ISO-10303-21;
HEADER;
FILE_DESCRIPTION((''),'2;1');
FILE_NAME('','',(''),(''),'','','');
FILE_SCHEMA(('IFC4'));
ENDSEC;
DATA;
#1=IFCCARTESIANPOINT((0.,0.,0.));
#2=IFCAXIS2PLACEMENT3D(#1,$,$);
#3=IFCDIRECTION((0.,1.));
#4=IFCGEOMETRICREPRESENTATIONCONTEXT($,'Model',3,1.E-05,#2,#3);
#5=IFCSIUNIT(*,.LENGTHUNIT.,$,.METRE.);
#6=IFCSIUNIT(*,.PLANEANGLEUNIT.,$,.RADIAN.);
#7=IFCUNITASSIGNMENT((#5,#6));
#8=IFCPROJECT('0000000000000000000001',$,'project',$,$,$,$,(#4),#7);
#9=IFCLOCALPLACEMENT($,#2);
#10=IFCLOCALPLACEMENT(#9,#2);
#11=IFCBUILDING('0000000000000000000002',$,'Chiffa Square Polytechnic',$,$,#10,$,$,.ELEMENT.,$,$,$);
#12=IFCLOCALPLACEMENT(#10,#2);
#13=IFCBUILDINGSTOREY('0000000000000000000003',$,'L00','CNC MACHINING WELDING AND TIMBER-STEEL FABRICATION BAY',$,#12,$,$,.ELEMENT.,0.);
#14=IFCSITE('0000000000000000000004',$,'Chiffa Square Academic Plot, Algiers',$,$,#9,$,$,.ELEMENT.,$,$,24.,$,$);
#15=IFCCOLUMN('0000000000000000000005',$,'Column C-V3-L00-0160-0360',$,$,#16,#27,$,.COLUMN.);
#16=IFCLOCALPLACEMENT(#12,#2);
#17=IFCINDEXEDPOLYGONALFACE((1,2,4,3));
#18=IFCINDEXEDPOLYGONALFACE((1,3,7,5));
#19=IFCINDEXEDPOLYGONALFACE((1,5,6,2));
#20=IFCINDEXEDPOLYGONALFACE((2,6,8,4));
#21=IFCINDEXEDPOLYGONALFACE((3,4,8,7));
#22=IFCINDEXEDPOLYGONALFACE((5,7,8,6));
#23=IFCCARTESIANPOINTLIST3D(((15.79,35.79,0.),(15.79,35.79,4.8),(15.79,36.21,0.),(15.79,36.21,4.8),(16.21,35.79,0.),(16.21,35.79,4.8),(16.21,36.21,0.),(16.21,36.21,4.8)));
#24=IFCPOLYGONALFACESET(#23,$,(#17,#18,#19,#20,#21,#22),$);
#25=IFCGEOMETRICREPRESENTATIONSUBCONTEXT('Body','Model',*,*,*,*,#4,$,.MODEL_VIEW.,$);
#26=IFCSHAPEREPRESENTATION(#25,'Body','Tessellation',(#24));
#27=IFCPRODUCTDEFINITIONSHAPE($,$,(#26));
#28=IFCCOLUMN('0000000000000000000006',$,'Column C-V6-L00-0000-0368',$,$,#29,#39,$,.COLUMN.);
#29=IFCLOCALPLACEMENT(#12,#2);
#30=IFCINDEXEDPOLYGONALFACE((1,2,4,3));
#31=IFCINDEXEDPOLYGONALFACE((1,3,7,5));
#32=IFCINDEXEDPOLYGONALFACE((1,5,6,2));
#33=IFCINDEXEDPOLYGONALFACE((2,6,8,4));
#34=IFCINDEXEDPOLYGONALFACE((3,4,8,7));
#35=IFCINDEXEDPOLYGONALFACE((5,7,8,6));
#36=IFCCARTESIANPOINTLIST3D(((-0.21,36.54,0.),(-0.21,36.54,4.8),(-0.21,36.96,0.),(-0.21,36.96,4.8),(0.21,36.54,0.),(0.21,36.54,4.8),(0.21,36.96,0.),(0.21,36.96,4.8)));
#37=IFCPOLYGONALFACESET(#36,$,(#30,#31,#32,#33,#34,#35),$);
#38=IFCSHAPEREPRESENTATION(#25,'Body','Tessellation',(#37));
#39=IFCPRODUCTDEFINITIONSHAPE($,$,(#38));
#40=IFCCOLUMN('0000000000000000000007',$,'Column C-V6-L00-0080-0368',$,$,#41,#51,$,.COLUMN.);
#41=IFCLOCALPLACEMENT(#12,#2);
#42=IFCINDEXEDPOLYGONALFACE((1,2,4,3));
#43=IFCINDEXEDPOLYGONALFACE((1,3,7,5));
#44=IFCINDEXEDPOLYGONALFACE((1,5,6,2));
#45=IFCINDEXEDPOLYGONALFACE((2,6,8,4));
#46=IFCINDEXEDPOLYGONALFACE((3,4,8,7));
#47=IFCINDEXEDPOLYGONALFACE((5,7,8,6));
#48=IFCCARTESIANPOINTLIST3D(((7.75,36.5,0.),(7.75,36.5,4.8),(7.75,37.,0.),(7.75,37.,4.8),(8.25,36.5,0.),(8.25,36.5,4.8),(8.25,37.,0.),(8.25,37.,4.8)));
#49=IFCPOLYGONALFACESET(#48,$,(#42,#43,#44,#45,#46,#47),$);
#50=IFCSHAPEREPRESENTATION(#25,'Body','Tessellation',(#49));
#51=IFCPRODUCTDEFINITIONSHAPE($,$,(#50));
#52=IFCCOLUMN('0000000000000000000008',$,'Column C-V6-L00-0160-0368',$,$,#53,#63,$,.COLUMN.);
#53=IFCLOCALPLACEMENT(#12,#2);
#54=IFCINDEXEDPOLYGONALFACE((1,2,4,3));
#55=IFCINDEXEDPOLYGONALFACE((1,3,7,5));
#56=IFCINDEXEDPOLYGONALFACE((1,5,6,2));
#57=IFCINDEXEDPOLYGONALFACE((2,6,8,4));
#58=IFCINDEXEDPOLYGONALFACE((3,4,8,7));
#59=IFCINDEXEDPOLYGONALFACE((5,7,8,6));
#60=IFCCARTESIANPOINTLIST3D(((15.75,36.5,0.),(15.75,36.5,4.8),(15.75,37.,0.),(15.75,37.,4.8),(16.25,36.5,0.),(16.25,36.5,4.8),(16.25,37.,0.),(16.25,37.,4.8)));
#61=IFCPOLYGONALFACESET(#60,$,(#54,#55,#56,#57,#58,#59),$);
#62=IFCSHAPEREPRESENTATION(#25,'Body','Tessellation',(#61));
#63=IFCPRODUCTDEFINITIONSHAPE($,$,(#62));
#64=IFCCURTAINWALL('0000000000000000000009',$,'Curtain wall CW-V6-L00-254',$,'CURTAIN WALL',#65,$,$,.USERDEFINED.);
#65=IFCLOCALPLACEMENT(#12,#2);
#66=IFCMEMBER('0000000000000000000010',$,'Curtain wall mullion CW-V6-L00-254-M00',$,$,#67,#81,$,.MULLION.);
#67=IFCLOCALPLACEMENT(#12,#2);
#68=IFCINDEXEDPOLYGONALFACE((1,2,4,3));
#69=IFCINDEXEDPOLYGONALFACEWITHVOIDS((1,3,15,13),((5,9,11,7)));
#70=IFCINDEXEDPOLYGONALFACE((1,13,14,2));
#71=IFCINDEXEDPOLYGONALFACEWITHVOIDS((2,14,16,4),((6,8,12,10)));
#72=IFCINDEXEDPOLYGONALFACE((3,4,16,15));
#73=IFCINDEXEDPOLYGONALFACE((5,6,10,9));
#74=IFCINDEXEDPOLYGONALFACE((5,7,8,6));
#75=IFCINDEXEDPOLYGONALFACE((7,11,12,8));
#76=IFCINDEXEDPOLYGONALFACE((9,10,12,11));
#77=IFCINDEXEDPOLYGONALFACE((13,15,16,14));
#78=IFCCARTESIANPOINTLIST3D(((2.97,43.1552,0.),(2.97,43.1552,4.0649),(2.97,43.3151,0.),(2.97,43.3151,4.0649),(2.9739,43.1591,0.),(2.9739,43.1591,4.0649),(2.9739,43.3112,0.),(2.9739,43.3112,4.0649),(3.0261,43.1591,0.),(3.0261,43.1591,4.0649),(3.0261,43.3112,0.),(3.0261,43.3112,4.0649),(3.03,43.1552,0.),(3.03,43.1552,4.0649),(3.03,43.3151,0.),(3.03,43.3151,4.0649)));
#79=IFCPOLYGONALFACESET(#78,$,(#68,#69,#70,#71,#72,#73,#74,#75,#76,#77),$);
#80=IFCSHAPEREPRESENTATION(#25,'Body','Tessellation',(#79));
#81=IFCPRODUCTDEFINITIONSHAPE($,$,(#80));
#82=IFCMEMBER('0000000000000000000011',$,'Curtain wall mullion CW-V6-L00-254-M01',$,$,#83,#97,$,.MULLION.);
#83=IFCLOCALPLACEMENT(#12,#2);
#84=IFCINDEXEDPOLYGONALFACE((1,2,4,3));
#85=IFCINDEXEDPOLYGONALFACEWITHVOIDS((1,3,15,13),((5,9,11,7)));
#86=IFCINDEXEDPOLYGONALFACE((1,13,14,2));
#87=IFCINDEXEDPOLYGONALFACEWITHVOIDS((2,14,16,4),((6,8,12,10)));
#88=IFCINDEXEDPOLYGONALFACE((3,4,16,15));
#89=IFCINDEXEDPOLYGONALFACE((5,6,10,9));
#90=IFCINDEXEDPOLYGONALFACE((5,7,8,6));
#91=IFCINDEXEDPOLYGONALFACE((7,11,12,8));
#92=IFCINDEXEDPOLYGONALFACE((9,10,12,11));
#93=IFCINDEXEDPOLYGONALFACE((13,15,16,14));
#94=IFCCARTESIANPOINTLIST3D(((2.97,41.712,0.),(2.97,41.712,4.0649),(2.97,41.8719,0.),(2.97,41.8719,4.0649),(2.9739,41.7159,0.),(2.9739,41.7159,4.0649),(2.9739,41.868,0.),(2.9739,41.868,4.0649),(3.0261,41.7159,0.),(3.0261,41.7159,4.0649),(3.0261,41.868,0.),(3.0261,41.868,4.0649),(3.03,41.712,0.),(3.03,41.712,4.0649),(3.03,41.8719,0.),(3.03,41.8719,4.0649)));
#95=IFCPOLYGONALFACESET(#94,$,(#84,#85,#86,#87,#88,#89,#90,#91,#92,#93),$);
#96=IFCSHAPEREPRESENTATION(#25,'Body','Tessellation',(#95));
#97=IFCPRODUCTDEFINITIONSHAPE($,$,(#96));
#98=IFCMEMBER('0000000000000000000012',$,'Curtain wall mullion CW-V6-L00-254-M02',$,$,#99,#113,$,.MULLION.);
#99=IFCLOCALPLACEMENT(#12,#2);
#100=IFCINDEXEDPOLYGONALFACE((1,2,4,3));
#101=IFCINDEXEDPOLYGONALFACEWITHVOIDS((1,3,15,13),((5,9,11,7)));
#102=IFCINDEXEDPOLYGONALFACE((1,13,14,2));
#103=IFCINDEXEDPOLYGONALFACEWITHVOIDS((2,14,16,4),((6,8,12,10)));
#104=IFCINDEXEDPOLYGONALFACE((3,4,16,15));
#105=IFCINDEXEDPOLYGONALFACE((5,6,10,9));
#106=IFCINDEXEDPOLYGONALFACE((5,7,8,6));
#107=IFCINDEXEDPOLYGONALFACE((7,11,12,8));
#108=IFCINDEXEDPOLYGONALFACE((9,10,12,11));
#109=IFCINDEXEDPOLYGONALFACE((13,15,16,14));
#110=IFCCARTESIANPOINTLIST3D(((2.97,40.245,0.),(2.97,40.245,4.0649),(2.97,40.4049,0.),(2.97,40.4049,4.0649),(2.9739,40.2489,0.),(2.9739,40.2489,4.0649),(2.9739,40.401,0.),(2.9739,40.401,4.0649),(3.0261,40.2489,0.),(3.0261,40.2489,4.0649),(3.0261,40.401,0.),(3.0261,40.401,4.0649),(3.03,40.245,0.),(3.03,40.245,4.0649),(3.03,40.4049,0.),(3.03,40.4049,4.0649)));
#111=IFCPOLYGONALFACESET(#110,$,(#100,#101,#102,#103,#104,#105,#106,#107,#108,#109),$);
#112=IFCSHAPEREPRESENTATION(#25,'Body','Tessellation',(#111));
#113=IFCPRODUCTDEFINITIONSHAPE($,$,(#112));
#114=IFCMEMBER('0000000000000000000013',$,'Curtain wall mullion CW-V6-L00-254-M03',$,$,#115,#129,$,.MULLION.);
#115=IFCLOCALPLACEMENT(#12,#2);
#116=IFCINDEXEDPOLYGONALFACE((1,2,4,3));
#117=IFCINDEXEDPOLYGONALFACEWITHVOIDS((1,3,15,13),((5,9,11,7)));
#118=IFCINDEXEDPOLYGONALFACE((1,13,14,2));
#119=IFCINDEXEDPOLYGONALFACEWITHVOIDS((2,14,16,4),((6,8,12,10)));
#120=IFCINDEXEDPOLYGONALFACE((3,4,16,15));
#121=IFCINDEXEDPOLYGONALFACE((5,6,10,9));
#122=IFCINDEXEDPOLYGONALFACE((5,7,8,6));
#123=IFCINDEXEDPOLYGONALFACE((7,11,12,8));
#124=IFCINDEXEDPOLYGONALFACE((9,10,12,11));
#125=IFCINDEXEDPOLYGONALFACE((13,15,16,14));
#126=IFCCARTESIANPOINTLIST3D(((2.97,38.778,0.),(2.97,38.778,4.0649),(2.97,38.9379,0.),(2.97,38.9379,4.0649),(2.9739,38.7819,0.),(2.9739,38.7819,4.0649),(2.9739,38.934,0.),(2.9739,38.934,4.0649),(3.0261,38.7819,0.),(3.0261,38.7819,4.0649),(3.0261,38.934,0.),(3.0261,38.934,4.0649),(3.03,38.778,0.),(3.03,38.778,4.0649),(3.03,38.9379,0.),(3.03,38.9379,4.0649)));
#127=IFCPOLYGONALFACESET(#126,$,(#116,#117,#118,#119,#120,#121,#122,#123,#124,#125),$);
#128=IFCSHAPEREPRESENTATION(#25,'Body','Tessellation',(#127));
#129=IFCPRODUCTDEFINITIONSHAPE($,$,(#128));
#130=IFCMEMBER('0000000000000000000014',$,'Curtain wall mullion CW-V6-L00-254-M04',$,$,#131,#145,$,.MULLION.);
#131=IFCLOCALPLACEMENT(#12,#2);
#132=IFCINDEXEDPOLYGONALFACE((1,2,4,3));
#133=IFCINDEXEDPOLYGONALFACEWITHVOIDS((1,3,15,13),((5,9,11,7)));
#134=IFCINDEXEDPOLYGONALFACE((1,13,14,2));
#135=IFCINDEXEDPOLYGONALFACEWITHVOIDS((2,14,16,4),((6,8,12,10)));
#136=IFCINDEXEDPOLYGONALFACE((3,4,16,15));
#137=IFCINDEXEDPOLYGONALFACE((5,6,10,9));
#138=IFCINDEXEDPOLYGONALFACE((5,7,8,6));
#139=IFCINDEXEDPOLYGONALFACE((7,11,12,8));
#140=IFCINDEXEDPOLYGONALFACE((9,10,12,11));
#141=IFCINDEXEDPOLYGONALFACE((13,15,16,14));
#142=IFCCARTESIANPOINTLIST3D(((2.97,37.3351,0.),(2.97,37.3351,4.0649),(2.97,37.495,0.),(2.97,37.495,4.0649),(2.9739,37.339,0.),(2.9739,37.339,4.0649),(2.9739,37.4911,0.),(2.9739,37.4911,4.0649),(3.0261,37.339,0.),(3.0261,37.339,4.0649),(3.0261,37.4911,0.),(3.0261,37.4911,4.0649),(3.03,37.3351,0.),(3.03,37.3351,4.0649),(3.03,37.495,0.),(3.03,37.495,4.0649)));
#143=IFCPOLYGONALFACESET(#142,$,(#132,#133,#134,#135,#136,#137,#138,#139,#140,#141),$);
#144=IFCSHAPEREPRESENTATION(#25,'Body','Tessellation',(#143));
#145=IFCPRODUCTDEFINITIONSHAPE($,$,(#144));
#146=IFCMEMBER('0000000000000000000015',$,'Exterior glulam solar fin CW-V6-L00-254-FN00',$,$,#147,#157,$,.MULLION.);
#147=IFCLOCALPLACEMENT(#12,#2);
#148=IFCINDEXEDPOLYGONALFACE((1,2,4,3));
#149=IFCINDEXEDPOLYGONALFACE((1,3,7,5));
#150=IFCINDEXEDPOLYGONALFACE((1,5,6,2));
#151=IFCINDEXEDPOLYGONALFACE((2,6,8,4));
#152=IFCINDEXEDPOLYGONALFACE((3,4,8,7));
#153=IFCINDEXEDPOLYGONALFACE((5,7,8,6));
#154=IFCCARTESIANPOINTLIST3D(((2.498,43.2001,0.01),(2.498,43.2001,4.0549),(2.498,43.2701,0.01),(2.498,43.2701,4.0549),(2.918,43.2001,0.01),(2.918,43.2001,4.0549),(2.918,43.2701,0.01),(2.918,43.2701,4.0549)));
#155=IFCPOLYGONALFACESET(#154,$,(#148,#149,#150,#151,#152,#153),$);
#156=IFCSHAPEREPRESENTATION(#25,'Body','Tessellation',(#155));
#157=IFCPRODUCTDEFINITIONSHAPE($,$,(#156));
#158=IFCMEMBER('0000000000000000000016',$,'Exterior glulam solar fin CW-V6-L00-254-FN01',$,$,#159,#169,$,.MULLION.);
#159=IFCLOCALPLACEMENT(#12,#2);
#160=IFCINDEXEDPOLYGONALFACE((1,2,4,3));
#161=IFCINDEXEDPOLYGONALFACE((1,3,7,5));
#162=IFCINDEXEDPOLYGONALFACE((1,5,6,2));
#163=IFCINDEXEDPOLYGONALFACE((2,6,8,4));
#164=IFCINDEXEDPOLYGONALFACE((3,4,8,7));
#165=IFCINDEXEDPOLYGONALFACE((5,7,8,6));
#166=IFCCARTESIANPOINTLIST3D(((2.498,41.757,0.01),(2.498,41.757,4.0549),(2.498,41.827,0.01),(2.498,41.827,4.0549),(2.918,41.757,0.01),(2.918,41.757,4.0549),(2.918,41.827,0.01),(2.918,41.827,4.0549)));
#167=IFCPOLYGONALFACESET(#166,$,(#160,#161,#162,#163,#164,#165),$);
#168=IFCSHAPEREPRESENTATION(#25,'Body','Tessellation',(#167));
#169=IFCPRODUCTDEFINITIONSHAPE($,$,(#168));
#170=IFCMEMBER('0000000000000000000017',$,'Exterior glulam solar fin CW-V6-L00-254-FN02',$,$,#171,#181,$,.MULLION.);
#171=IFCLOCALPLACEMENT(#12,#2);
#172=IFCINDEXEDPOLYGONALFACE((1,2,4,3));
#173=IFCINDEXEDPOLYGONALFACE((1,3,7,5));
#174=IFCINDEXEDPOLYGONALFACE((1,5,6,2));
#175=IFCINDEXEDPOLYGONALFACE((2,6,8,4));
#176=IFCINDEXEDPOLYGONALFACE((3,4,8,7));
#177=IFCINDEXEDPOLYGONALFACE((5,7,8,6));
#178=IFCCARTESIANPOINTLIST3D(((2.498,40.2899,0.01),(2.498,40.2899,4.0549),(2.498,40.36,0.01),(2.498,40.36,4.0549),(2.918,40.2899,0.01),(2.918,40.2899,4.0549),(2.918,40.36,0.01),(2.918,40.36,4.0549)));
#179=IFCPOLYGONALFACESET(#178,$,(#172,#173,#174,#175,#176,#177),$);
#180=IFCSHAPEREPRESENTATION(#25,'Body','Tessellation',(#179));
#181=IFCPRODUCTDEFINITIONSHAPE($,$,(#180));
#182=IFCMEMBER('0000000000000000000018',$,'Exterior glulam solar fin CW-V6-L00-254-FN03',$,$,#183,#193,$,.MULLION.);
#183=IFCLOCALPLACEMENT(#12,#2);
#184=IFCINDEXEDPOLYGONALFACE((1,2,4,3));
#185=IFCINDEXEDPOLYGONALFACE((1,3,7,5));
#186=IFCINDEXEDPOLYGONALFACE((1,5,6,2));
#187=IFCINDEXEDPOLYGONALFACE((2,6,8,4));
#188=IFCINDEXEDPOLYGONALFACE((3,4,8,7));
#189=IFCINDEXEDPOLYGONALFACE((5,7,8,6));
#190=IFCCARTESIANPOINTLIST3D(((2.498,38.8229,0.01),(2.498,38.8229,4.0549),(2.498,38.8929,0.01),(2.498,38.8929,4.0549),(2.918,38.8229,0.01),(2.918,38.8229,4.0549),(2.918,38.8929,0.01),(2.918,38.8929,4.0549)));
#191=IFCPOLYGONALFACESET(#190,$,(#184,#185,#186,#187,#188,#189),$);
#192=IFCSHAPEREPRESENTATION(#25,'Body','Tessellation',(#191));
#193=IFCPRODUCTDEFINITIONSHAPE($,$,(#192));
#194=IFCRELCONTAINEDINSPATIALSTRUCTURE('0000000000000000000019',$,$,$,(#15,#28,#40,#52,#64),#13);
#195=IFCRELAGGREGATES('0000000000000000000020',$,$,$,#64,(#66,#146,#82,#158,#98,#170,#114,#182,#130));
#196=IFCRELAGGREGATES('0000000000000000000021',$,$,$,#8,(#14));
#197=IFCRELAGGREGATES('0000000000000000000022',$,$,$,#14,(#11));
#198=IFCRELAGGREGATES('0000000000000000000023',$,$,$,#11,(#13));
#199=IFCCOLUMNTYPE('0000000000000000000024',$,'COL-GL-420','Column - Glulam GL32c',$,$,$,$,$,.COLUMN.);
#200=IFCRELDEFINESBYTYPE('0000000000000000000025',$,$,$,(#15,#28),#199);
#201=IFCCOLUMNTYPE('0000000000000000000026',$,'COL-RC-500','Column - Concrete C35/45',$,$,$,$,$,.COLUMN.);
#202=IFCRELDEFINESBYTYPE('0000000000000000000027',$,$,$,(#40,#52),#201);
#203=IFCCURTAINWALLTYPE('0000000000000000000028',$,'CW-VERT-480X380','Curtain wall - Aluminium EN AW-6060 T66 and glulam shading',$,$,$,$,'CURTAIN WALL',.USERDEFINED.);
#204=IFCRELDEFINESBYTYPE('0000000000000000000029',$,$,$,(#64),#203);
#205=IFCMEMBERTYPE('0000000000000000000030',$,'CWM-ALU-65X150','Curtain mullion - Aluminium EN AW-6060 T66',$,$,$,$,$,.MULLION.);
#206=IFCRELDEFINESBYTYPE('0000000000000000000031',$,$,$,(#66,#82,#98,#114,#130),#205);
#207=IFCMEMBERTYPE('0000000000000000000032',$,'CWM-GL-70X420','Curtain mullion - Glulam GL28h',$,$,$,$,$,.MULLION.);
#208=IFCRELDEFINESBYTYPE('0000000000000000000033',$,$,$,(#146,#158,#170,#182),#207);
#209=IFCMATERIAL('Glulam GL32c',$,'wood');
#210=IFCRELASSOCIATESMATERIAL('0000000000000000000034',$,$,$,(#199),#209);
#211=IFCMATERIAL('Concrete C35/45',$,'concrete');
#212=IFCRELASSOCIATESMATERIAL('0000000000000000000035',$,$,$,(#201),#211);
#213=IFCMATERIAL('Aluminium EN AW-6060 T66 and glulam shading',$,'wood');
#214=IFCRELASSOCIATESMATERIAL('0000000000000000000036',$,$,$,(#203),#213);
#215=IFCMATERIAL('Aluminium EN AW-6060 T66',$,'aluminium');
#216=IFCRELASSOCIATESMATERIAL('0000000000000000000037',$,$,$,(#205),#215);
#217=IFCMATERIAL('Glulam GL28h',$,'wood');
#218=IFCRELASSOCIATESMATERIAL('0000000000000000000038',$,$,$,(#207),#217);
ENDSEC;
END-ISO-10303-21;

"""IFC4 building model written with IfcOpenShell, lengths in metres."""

from ifc_helpers import new_model, si_unit, direction, frame, origin, origin_2d, place, context, subcontext, project, spatial, rectangle, hollow_rectangle, extrude, material, material_profile, profile_set, type_object, element, aggregate, save


model = new_model("IFC4")

# Units and contexts
model_context = context("Model", 3, precision=1e-05, world=origin(), true_north=direction((0.0, 1.0)))
body_context = subcontext(model_context, "Body", "Model", "MODEL_VIEW")
ifc_project = project(units=[si_unit("LENGTHUNIT", "METRE"), si_unit("PLANEANGLEUNIT", "RADIAN")], contexts=[model_context])

# Site, building, storey
site_placement = place(None, origin())
site = spatial("IfcSite", under=ifc_project, at=site_placement, Name="Chiffa Square Academic Plot, Algiers", CompositionType="ELEMENT", RefElevation=24.0)
building_placement = place(site_placement, origin())
building = spatial("IfcBuilding", under=site, at=building_placement, Name="Chiffa Square Polytechnic", CompositionType="ELEMENT")
storey_placement = place(building_placement, origin())
storey = spatial("IfcBuildingStorey", under=building, at=storey_placement, Name="L00", Description="CNC MACHINING WELDING AND TIMBER-STEEL FABRICATION BAY", CompositionType="ELEMENT", Elevation=0.0)

# Columns
ifc_material_1 = material(Name="Glulam GL32c", Category="wood")
ifc_material_profile_1 = material_profile(ifc_material_1, rectangle(XDim=0.4199, YDim=0.4199, at=origin_2d()), Name="GL32c 420x420")
ifc_profile_set_1 = profile_set([ifc_material_profile_1], Name="Glulam GL32c")
column_type_1 = type_object("IfcColumnType", Name="COL-GL-420", Description="Column - Glulam GL32c", PredefinedType="COLUMN", material=ifc_profile_set_1)
for number, where, z_axis, x_axis, name in (
    (1, (16.0, 36.0, 0.0), (0.0, 0.0, 1.0), (1.0, 0.0, 0.0), "Column C-V3-L00-0160-0360"),
    (2, (0.0, 36.75, 0.0), (0.0, 0.0, 1.0), (1.0, 0.0, 0.0), "Column C-V6-L00-0000-0368"),
):
    element("IfcColumn", number, at=place(storey_placement, frame(where, z_axis=z_axis, x_axis=x_axis)), inside=storey, type_object=column_type_1, Name=name, PredefinedType="COLUMN", context=body_context, shape_type="SweptSolid", body=[
        extrude(rectangle(XDim=0.4199, YDim=0.4199, at=origin_2d()), origin(), (0.0, 0.0, 1.0), 4.8),
    ])
ifc_material_2 = material(Name="Concrete C35/45", Category="concrete")
ifc_material_profile_2 = material_profile(ifc_material_2, rectangle(XDim=0.5, YDim=0.5, at=origin_2d()), Name="RC 500x500")
ifc_profile_set_2 = profile_set([ifc_material_profile_2], Name="Concrete C35/45")
column_type_2 = type_object("IfcColumnType", Name="COL-RC-500", Description="Column - Concrete C35/45", PredefinedType="COLUMN", material=ifc_profile_set_2)
for number, where, z_axis, x_axis, name in (
    (3, (8.0, 36.75, 0.0), (0.0, 0.0, 1.0), (1.0, 0.0, 0.0), "Column C-V6-L00-0080-0368"),
    (4, (16.0, 36.75, 0.0), (0.0, 0.0, 1.0), (1.0, 0.0, 0.0), "Column C-V6-L00-0160-0368"),
):
    element("IfcColumn", number, at=place(storey_placement, frame(where, z_axis=z_axis, x_axis=x_axis)), inside=storey, type_object=column_type_2, Name=name, PredefinedType="COLUMN", context=body_context, shape_type="SweptSolid", body=[
        extrude(rectangle(XDim=0.5, YDim=0.5, at=origin_2d()), origin(), (0.0, 0.0, 1.0), 4.8),
    ])

# Curtain wall, members
ifc_material_3 = material(Name="Aluminium EN AW-6060 T66 and glulam shading", Category="wood")
curtain_wall_type = type_object("IfcCurtainWallType", Name="CW-VERT-480X380", Description="Curtain wall - Aluminium EN AW-6060 T66 and glulam shading", ElementType="CURTAIN WALL", PredefinedType="USERDEFINED", material=ifc_material_3)
curtain_wall_placement = place(storey_placement, origin())
curtain_wall = element("IfcCurtainWall", 5, at=curtain_wall_placement, inside=storey, type_object=curtain_wall_type, Name="Curtain wall CW-V6-L00-254", ObjectType="CURTAIN WALL", PredefinedType="USERDEFINED")
ifc_material_4 = material(Name="Aluminium EN AW-6060 T66", Category="aluminium")
ifc_material_profile_3 = material_profile(ifc_material_4, hollow_rectangle(XDim=0.0601, YDim=0.1599, WallThickness=0.0039, at=origin_2d()), Name="ALU 60x160x4")
ifc_profile_set_3 = profile_set([ifc_material_profile_3], Name="Aluminium EN AW-6060 T66")
member_type_1 = type_object("IfcMemberType", Name="CWM-ALU-65X150", Description="Curtain mullion - Aluminium EN AW-6060 T66", PredefinedType="MULLION", material=ifc_profile_set_3)
member_1_placement = place(storey_placement, frame((3.0, 43.2351, 0.0), z_axis=(0.0, 0.0, 1.0), x_axis=(1.0, 0.0, 0.0)))
member_1 = element("IfcMember", 6, at=member_1_placement, type_object=member_type_1, Name="Curtain wall mullion CW-V6-L00-254-M00", PredefinedType="MULLION", context=body_context, shape_type="SweptSolid", body=[
    extrude(hollow_rectangle(XDim=0.0601, YDim=0.1599, WallThickness=0.0039, at=origin_2d()), origin(), (0.0, 0.0, 1.0), 4.0649),
])
member_2_placement = place(storey_placement, frame((3.0, 41.792, 0.0), z_axis=(0.0, 0.0, 1.0), x_axis=(1.0, 0.0, 0.0)))
member_2 = element("IfcMember", 7, at=member_2_placement, type_object=member_type_1, Name="Curtain wall mullion CW-V6-L00-254-M01", PredefinedType="MULLION", context=body_context, shape_type="SweptSolid", body=[
    extrude(hollow_rectangle(XDim=0.0601, YDim=0.1599, WallThickness=0.0039, at=origin_2d()), origin(), (0.0, 0.0, 1.0), 4.0649),
])
member_3_placement = place(storey_placement, frame((3.0, 40.325, 0.0), z_axis=(0.0, 0.0, 1.0), x_axis=(1.0, 0.0, 0.0)))
member_3 = element("IfcMember", 8, at=member_3_placement, type_object=member_type_1, Name="Curtain wall mullion CW-V6-L00-254-M02", PredefinedType="MULLION", context=body_context, shape_type="SweptSolid", body=[
    extrude(hollow_rectangle(XDim=0.0601, YDim=0.1599, WallThickness=0.0039, at=origin_2d()), origin(), (0.0, 0.0, 1.0), 4.0649),
])
member_4_placement = place(storey_placement, frame((3.0, 38.8579, 0.0), z_axis=(0.0, 0.0, 1.0), x_axis=(1.0, 0.0, 0.0)))
member_4 = element("IfcMember", 9, at=member_4_placement, type_object=member_type_1, Name="Curtain wall mullion CW-V6-L00-254-M03", PredefinedType="MULLION", context=body_context, shape_type="SweptSolid", body=[
    extrude(hollow_rectangle(XDim=0.0601, YDim=0.1599, WallThickness=0.0039, at=origin_2d()), origin(), (0.0, 0.0, 1.0), 4.0649),
])
member_5_placement = place(storey_placement, frame((3.0, 37.415, 0.0), z_axis=(0.0, 0.0, 1.0), x_axis=(1.0, 0.0, 0.0)))
member_5 = element("IfcMember", 10, at=member_5_placement, type_object=member_type_1, Name="Curtain wall mullion CW-V6-L00-254-M04", PredefinedType="MULLION", context=body_context, shape_type="SweptSolid", body=[
    extrude(hollow_rectangle(XDim=0.0601, YDim=0.1599, WallThickness=0.0039, at=origin_2d()), origin(), (0.0, 0.0, 1.0), 4.0649),
])
ifc_material_5 = material(Name="Glulam GL28h", Category="wood")
ifc_material_profile_4 = material_profile(ifc_material_5, rectangle(XDim=0.0701, YDim=0.4199, at=origin_2d()), Name="GL28h 70x420")
ifc_profile_set_4 = profile_set([ifc_material_profile_4], Name="Glulam GL28h")
member_type_2 = type_object("IfcMemberType", Name="CWM-GL-70X420", Description="Curtain mullion - Glulam GL28h", PredefinedType="MULLION", material=ifc_profile_set_4)
member_6_placement = place(storey_placement, frame((2.708, 43.2351, 0.01), z_axis=(0.0, 0.0, 1.0), x_axis=(0.0, -1.0, 0.0)))
member_6 = element("IfcMember", 11, at=member_6_placement, type_object=member_type_2, Name="Exterior glulam solar fin CW-V6-L00-254-FN00", PredefinedType="MULLION", context=body_context, shape_type="SweptSolid", body=[
    extrude(rectangle(XDim=0.0701, YDim=0.4199, at=origin_2d()), origin(), (0.0, 0.0, 1.0), 4.0449),
])
member_7_placement = place(storey_placement, frame((2.708, 41.792, 0.01), z_axis=(0.0, 0.0, 1.0), x_axis=(0.0, -1.0, 0.0)))
member_7 = element("IfcMember", 12, at=member_7_placement, type_object=member_type_2, Name="Exterior glulam solar fin CW-V6-L00-254-FN01", PredefinedType="MULLION", context=body_context, shape_type="SweptSolid", body=[
    extrude(rectangle(XDim=0.0701, YDim=0.4199, at=origin_2d()), origin(), (0.0, 0.0, 1.0), 4.0449),
])
member_8_placement = place(storey_placement, frame((2.708, 40.325, 0.01), z_axis=(0.0, 0.0, 1.0), x_axis=(0.0, -1.0, 0.0)))
member_8 = element("IfcMember", 13, at=member_8_placement, type_object=member_type_2, Name="Exterior glulam solar fin CW-V6-L00-254-FN02", PredefinedType="MULLION", context=body_context, shape_type="SweptSolid", body=[
    extrude(rectangle(XDim=0.0701, YDim=0.4199, at=origin_2d()), origin(), (0.0, 0.0, 1.0), 4.0449),
])
member_9_placement = place(storey_placement, frame((2.708, 38.8579, 0.01), z_axis=(0.0, 0.0, 1.0), x_axis=(0.0, -1.0, 0.0)))
member_9 = element("IfcMember", 14, at=member_9_placement, type_object=member_type_2, Name="Exterior glulam solar fin CW-V6-L00-254-FN03", PredefinedType="MULLION", context=body_context, shape_type="SweptSolid", body=[
    extrude(rectangle(XDim=0.0701, YDim=0.4199, at=origin_2d()), origin(), (0.0, 0.0, 1.0), 4.0449),
])

aggregate(curtain_wall, [member_1, member_6, member_2, member_7, member_3, member_8, member_4, member_9, member_5])

save(model, "model.ifc")
